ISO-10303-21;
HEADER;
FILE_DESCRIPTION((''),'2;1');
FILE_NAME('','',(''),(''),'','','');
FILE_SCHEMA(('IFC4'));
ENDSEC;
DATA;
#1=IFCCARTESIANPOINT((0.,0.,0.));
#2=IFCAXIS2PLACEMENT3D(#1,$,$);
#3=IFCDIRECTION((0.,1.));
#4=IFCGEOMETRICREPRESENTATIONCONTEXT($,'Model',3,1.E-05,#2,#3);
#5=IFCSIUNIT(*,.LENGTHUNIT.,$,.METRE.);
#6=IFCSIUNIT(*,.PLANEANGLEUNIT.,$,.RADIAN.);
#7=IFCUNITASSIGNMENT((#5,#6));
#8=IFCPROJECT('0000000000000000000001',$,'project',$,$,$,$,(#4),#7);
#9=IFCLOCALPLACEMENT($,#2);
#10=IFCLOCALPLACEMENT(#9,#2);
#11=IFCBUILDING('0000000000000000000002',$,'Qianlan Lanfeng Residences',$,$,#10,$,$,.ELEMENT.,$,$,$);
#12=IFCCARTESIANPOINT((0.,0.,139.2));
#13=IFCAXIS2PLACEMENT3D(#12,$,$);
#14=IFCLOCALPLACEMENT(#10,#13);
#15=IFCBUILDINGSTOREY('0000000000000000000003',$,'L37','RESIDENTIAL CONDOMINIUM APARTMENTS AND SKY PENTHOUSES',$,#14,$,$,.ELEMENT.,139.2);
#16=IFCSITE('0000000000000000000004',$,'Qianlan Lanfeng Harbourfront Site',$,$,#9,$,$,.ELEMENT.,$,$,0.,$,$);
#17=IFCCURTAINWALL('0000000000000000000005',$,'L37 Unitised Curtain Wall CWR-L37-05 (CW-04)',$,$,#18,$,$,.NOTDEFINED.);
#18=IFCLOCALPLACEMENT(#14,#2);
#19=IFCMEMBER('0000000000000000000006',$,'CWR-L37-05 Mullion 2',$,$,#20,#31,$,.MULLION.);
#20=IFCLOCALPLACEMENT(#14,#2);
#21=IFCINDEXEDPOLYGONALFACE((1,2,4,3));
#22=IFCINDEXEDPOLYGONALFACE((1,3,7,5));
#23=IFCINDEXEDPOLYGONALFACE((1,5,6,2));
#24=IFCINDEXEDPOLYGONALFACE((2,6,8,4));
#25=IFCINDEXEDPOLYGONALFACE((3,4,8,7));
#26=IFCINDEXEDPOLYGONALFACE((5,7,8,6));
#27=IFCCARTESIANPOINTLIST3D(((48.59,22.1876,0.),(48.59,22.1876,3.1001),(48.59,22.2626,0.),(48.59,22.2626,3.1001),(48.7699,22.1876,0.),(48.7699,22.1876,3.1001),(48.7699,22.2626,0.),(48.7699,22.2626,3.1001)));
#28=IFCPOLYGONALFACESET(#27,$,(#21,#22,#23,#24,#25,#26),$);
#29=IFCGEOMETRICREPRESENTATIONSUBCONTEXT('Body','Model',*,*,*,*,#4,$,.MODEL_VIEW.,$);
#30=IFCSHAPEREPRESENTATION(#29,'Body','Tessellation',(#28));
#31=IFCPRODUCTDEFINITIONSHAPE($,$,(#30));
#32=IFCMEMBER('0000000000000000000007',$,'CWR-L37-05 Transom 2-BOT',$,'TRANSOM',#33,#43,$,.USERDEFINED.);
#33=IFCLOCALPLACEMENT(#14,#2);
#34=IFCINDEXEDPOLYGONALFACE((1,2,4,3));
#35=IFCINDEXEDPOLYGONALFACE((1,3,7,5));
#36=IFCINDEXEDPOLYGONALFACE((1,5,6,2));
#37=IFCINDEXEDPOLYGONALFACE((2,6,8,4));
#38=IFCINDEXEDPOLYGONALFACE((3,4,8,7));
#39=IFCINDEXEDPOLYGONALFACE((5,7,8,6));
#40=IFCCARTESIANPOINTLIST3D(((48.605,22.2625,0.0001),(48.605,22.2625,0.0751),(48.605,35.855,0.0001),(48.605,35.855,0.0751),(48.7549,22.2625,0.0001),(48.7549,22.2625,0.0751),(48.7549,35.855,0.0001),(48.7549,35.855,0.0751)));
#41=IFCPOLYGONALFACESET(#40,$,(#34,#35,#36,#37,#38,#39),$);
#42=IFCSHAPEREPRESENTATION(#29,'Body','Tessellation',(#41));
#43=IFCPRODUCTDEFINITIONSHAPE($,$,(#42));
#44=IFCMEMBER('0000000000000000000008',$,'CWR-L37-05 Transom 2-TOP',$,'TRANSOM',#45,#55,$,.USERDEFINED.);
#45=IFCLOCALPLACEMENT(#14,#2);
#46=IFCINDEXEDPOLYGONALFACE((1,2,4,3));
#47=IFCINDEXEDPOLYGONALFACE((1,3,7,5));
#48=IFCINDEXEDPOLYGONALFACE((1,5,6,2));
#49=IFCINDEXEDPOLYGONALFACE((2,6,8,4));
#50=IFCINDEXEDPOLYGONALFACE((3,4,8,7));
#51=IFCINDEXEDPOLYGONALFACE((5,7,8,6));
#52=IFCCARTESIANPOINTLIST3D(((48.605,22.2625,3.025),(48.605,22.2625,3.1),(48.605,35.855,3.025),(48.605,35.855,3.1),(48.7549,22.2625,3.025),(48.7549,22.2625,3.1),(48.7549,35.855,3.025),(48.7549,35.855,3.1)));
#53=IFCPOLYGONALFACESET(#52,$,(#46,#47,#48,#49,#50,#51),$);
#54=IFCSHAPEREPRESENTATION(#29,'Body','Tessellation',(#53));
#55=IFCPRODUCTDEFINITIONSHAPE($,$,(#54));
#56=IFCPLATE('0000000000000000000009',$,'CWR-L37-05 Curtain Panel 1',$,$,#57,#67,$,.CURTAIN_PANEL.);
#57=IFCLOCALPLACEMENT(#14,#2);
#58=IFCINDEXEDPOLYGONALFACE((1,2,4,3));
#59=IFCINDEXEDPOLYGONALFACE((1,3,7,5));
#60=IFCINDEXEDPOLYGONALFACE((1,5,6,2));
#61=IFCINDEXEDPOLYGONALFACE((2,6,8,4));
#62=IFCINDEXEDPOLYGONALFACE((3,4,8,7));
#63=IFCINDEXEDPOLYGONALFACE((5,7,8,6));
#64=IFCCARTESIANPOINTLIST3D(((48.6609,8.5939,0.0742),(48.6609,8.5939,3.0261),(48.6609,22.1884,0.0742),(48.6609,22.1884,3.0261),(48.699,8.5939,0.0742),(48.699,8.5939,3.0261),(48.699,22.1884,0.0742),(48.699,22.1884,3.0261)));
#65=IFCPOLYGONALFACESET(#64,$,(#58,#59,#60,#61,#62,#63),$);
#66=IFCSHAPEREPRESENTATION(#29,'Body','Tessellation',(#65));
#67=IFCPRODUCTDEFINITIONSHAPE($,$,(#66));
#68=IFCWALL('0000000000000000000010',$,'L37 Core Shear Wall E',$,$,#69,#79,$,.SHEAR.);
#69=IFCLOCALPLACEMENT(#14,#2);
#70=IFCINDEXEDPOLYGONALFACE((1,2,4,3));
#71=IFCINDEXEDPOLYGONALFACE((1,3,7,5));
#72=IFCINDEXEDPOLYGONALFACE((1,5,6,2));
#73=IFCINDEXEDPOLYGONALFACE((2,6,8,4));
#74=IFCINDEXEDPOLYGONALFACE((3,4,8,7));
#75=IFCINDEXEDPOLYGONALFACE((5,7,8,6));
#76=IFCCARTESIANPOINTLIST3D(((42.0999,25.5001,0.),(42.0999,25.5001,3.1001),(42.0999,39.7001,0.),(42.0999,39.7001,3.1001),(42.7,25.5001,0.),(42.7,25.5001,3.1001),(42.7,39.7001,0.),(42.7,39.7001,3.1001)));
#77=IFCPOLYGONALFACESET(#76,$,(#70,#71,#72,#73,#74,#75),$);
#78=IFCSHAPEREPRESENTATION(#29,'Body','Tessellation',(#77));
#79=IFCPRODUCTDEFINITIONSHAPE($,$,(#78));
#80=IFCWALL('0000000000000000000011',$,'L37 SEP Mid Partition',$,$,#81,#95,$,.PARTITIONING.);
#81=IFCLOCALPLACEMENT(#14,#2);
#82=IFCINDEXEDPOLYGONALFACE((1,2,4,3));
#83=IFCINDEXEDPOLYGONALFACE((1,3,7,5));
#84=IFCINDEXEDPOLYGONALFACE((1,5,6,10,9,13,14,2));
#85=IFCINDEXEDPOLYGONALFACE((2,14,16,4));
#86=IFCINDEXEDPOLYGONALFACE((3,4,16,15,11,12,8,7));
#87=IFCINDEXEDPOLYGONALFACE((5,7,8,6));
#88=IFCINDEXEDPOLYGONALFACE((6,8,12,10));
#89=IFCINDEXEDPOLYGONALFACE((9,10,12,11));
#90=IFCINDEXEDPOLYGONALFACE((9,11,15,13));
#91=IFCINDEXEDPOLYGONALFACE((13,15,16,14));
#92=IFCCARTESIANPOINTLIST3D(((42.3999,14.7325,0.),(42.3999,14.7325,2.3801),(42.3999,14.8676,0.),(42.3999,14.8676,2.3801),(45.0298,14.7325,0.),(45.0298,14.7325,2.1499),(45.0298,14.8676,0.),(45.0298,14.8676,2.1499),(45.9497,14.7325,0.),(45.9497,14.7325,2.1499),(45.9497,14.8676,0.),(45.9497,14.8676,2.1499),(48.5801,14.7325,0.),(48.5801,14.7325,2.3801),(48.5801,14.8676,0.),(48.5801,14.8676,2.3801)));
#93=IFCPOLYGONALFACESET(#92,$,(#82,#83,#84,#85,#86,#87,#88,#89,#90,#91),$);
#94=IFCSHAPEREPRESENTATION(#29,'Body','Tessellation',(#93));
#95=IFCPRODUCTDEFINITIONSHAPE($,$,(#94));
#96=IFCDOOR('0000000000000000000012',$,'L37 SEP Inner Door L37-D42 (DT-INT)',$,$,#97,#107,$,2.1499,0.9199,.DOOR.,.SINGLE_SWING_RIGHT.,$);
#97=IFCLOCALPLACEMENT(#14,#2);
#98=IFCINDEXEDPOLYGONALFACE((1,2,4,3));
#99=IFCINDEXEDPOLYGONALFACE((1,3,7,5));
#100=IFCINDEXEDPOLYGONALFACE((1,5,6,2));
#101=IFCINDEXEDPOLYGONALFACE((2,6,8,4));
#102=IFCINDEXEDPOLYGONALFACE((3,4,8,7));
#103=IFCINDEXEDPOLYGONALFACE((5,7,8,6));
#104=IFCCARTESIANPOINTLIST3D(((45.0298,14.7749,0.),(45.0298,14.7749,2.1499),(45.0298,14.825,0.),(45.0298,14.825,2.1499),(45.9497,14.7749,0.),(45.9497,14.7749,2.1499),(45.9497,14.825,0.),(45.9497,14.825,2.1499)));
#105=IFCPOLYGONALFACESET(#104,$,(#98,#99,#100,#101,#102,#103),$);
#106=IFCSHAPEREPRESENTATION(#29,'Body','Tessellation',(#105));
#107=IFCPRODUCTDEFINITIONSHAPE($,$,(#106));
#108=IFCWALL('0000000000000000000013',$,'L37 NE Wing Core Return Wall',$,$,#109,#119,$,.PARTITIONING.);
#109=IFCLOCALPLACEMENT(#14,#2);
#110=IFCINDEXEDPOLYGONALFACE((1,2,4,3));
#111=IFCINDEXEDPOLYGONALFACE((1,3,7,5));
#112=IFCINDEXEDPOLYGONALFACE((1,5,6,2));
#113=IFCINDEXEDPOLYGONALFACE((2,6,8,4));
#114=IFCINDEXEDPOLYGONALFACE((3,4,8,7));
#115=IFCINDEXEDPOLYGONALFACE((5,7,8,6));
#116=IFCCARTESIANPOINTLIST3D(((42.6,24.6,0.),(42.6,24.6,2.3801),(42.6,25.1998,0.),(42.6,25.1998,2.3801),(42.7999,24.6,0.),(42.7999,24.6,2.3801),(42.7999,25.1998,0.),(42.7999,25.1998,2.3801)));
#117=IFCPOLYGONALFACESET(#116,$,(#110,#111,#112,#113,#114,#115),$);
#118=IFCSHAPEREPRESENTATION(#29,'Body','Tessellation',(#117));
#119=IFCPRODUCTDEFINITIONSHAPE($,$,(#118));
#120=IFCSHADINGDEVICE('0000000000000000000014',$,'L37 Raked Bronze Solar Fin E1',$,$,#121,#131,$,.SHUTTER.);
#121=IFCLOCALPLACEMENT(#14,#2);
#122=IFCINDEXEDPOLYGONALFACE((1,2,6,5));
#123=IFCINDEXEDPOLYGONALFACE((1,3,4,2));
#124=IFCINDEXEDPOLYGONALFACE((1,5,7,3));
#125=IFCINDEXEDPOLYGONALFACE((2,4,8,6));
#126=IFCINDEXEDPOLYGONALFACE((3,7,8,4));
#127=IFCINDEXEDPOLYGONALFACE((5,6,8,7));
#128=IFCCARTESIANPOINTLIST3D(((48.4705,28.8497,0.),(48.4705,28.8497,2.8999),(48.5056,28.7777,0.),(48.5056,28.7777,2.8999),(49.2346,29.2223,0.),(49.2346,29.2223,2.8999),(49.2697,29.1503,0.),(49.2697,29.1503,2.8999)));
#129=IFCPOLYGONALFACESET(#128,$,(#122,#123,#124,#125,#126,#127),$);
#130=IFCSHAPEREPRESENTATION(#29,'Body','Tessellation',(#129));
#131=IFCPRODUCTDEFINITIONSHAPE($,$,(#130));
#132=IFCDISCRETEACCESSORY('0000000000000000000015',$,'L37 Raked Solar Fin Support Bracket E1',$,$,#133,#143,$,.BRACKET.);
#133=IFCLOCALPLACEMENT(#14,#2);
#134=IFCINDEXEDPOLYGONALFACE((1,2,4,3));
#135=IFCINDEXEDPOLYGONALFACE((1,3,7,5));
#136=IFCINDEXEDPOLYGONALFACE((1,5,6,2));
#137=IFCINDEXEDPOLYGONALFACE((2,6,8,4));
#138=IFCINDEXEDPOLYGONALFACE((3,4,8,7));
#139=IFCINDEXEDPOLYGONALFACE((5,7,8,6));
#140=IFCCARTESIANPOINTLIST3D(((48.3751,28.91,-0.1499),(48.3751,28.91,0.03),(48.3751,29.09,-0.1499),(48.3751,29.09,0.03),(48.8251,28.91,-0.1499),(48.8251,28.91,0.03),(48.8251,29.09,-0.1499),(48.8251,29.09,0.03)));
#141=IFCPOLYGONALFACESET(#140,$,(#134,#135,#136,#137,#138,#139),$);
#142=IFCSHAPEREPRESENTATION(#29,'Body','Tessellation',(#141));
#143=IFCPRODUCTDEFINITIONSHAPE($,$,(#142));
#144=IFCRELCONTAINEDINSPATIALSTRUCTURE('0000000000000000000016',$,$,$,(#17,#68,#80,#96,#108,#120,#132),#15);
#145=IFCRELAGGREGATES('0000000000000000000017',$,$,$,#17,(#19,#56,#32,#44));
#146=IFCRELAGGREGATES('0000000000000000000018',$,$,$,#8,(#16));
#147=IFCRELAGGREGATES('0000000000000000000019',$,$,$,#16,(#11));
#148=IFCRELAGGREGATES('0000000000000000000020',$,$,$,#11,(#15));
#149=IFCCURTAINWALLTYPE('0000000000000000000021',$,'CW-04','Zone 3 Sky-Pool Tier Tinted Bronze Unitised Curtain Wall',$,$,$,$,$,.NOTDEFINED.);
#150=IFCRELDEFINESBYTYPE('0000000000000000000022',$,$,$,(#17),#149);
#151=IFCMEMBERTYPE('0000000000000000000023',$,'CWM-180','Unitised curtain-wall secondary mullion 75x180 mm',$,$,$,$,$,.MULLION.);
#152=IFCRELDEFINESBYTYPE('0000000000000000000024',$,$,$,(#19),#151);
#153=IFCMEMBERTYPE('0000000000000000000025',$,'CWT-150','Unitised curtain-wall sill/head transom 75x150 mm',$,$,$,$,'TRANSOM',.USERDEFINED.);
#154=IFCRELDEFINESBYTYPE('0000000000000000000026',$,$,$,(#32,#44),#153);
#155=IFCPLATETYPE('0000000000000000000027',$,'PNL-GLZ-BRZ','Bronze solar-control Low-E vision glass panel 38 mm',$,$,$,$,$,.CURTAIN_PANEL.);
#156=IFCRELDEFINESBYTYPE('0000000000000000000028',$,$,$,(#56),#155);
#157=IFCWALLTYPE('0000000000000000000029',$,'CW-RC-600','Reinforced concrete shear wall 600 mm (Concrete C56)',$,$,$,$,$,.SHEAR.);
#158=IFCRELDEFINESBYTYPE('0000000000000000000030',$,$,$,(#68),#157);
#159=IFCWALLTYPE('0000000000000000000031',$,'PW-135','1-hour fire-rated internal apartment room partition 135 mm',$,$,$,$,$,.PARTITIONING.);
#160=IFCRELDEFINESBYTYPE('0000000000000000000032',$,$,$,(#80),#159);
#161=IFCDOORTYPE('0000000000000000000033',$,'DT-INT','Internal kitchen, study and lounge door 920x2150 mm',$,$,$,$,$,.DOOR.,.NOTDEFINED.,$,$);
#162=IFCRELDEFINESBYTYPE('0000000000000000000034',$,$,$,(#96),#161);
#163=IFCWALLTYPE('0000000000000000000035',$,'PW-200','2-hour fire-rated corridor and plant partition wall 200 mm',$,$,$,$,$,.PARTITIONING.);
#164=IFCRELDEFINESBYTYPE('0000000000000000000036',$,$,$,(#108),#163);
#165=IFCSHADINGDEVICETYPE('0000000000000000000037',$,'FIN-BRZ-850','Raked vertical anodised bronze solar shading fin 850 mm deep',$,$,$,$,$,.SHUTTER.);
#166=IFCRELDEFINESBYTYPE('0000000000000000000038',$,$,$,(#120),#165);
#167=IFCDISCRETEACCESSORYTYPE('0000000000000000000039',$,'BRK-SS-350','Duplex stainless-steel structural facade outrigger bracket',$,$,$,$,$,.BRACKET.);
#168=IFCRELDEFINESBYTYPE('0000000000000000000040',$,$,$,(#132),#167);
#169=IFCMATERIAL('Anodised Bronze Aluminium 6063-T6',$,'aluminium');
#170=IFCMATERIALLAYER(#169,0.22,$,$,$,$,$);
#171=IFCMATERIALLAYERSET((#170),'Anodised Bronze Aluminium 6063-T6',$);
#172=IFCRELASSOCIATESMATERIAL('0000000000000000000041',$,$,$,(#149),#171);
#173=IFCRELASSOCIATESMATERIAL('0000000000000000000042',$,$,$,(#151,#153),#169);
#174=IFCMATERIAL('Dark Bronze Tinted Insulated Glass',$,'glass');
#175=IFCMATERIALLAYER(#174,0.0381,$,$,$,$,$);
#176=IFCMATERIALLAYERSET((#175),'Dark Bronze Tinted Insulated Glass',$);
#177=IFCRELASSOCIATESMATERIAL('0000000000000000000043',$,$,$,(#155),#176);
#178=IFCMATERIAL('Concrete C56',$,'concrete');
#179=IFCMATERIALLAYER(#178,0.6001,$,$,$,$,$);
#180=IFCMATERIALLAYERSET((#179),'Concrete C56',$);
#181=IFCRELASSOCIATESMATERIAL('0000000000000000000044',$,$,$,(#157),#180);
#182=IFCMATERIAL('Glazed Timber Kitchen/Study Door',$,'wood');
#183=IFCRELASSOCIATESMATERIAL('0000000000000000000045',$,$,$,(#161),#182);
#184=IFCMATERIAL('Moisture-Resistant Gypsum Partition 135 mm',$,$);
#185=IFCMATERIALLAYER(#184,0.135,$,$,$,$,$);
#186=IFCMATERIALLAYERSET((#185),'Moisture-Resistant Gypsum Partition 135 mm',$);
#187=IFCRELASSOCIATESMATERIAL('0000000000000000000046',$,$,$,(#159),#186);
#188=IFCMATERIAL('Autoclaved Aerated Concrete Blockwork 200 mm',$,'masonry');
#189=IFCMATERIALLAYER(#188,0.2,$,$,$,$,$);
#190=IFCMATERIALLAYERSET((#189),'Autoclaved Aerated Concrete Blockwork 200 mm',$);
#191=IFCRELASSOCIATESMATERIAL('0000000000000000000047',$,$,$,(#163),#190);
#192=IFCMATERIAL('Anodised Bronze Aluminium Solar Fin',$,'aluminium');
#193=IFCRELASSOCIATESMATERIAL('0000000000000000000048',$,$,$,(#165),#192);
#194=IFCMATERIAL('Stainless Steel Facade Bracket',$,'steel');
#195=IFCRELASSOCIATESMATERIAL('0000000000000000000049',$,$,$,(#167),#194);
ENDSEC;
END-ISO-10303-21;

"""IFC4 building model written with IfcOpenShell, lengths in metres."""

from ifc_helpers import new_model, si_unit, direction, frame, frame_2d, origin, origin_2d, place, context, subcontext, project, spatial, rectangle, extrude, source, transform, mapped, material, layer, layer_set, material_profile, profile_set, type_object, element, fill, aggregate, save


model = new_model("IFC4")

# Units and contexts
model_context = context("Model", 3, precision=1e-05, world=origin(), true_north=direction((0.0, 1.0)))
body_context = subcontext(model_context, "Body", "Model", "MODEL_VIEW")
ifc_project = project(units=[si_unit("LENGTHUNIT", "METRE"), si_unit("PLANEANGLEUNIT", "RADIAN")], contexts=[model_context])

# Site, building, storey
site_placement = place(None, origin())
site = spatial("IfcSite", under=ifc_project, at=site_placement, Name="Qianlan Lanfeng Harbourfront Site", CompositionType="ELEMENT", RefElevation=0.0)
building_placement = place(site_placement, origin())
building = spatial("IfcBuilding", under=site, at=building_placement, Name="Qianlan Lanfeng Residences", CompositionType="ELEMENT")
storey_placement = place(building_placement, frame((0.0, 0.0, 139.2)))
storey = spatial("IfcBuildingStorey", under=building, at=storey_placement, Name="L37", Description="RESIDENTIAL CONDOMINIUM APARTMENTS AND SKY PENTHOUSES", CompositionType="ELEMENT", Elevation=139.2)

# Curtain wall, members, plate
ifc_material_1 = material(Name="Anodised Bronze Aluminium 6063-T6", Category="aluminium")
ifc_layer_1 = layer(ifc_material_1, 0.22)
ifc_layer_set_1 = layer_set([ifc_layer_1], Name="Anodised Bronze Aluminium 6063-T6")
curtain_wall_type = type_object("IfcCurtainWallType", Name="CW-04", Description="Zone 3 Sky-Pool Tier Tinted Bronze Unitised Curtain Wall", PredefinedType="NOTDEFINED", material=ifc_layer_set_1)
curtain_wall_placement = place(storey_placement, origin())
curtain_wall = element("IfcCurtainWall", 1, at=curtain_wall_placement, inside=storey, type_object=curtain_wall_type, Name="L37 Unitised Curtain Wall CWR-L37-05 (CW-04)", PredefinedType="NOTDEFINED")
ifc_material_profile_1 = material_profile(ifc_material_1, rectangle(XDim=0.075, YDim=0.1799, at=origin_2d()), Name="ALU MULLION 75x180")
ifc_profile_set_1 = profile_set([ifc_material_profile_1], Name="Anodised Bronze Aluminium 6063-T6")
member_type_1 = type_object("IfcMemberType", Name="CWM-180", Description="Unitised curtain-wall secondary mullion 75x180 mm", PredefinedType="MULLION", material=ifc_profile_set_1)
shared_shape_1 = source(origin(), body_context, "Body", "SweptSolid", [
    extrude(rectangle(XDim=0.075, YDim=0.1799, at=origin_2d()), origin(), (0.0, 0.0, 1.0), 3.1001),
])
member_1_placement = place(storey_placement, frame((48.6799, 22.2251, 0.0), z_axis=(0.0, 0.0, 1.0), x_axis=(0.0, 1.0, 0.0)))
member_1 = element("IfcMember", 2, at=member_1_placement, type_object=member_type_1, Name="CWR-L37-05 Mullion 2", PredefinedType="MULLION", context=body_context, shape_type="MappedRepresentation", body=[
    mapped(shared_shape_1, transform((0.0, 0.0, 0.0), scale=1.0)),
])
ifc_material_profile_2 = material_profile(ifc_material_1, rectangle(XDim=0.075, YDim=0.1499, at=origin_2d()), Name="ALU TRANSOM 75x150")
ifc_profile_set_2 = profile_set([ifc_material_profile_2], Name="Anodised Bronze Aluminium 6063-T6")
member_type_2 = type_object("IfcMemberType", Name="CWT-150", Description="Unitised curtain-wall sill/head transom 75x150 mm", ElementType="TRANSOM", PredefinedType="USERDEFINED", material=ifc_profile_set_2)
shared_shape_2 = source(origin(), body_context, "Body", "SweptSolid", [
    extrude(rectangle(XDim=0.075, YDim=0.1499, at=origin_2d()), origin(), (0.0, 0.0, 1.0), 13.5925),
])
member_2_placement = place(storey_placement, frame((48.6799, 22.2625, 0.0376), z_axis=(0.0, 1.0, 0.0), x_axis=(0.0, 0.0, 1.0)))
member_2 = element("IfcMember", 3, at=member_2_placement, type_object=member_type_2, Name="CWR-L37-05 Transom 2-BOT", ObjectType="TRANSOM", PredefinedType="USERDEFINED", context=body_context, shape_type="MappedRepresentation", body=[
    mapped(shared_shape_2, transform((0.0, 0.0, 0.0), scale=1.0)),
])
member_3_placement = place(storey_placement, frame((48.6799, 22.2625, 3.0625), z_axis=(0.0, 1.0, 0.0), x_axis=(0.0, 0.0, 1.0)))
member_3 = element("IfcMember", 4, at=member_3_placement, type_object=member_type_2, Name="CWR-L37-05 Transom 2-TOP", ObjectType="TRANSOM", PredefinedType="USERDEFINED", context=body_context, shape_type="MappedRepresentation", body=[
    mapped(shared_shape_2, transform((0.0, 0.0, 0.0), scale=1.0)),
])
ifc_material_2 = material(Name="Dark Bronze Tinted Insulated Glass", Category="glass")
ifc_layer_2 = layer(ifc_material_2, 0.0381)
ifc_layer_set_2 = layer_set([ifc_layer_2], Name="Dark Bronze Tinted Insulated Glass")
plate_type = type_object("IfcPlateType", Name="PNL-GLZ-BRZ", Description="Bronze solar-control Low-E vision glass panel 38 mm", PredefinedType="CURTAIN_PANEL", material=ifc_layer_set_2)
shared_shape_3 = source(origin(), body_context, "Body", "SweptSolid", [
    extrude(rectangle(XDim=13.5945, YDim=0.0381, at=origin_2d()), origin(), (0.0, 0.0, 1.0), 2.9519),
])
plate_placement = place(storey_placement, frame((48.6799, 15.3911, 0.0742), z_axis=(0.0, 0.0, 1.0), x_axis=(0.0, 1.0, 0.0)))
plate = element("IfcPlate", 5, at=plate_placement, type_object=plate_type, Name="CWR-L37-05 Curtain Panel 1", PredefinedType="CURTAIN_PANEL", context=body_context, shape_type="MappedRepresentation", body=[
    mapped(shared_shape_3, transform((0.0, 0.0, 0.0), scale=1.0)),
])
aggregate(curtain_wall, [member_1, plate, member_2, member_3])

# Wall
ifc_material_3 = material(Name="Concrete C56", Category="concrete")
ifc_layer_3 = layer(ifc_material_3, 0.6001)
ifc_layer_set_3 = layer_set([ifc_layer_3], Name="Concrete C56")
wall_type_1 = type_object("IfcWallType", Name="CW-RC-600", Description="Reinforced concrete shear wall 600 mm (Concrete C56)", PredefinedType="SHEAR", material=ifc_layer_set_3)
wall_1_placement = place(storey_placement, frame((42.3999, 25.5, 0.0), z_axis=(0.0, 0.0, 1.0), x_axis=(0.0, 1.0, 0.0)))
element("IfcWall", 6, at=wall_1_placement, inside=storey, type_object=wall_type_1, Name="L37 Core Shear Wall E", PredefinedType="SHEAR", context=body_context, shape_type="SweptSolid", body=[
    extrude(rectangle(XDim=14.2, YDim=0.6001, at=frame_2d((7.1001, 0.0))), origin(), (0.0, 0.0, 1.0), 3.1001),
])

# Wall, opening, door
ifc_material_4 = material(Name="Glazed Timber Kitchen/Study Door", Category="wood")
door_type = type_object("IfcDoorType", Name="DT-INT", Description="Internal kitchen, study and lounge door 920x2150 mm", OperationType="NOTDEFINED", PredefinedType="DOOR", material=ifc_material_4)
ifc_material_5 = material(Name="Moisture-Resistant Gypsum Partition 135 mm")
ifc_layer_4 = layer(ifc_material_5, 0.135)
ifc_layer_set_4 = layer_set([ifc_layer_4], Name="Moisture-Resistant Gypsum Partition 135 mm")
wall_type_2 = type_object("IfcWallType", Name="PW-135", Description="1-hour fire-rated internal apartment room partition 135 mm", PredefinedType="PARTITIONING", material=ifc_layer_set_4)
wall_2_placement = place(storey_placement, frame((42.3999, 14.8, 0.0), z_axis=(0.0, 0.0, 1.0), x_axis=(1.0, 0.0, 0.0)))
wall_2 = element("IfcWall", 7, at=wall_2_placement, inside=storey, type_object=wall_type_2, Name="L37 SEP Mid Partition", PredefinedType="PARTITIONING", context=body_context, shape_type="SweptSolid", body=[
    extrude(rectangle(XDim=6.1802, YDim=0.135, at=frame_2d((3.0901, 0.0))), origin(), (0.0, 0.0, 1.0), 2.3801),
])
opening_1_placement = place(wall_2_placement, frame((2.6299, 0.0, 0.0)))
opening_1 = element("IfcOpeningElement", 8, at=opening_1_placement, cuts=wall_2, PredefinedType="OPENING", context=body_context, shape_type="SweptSolid", body=[
    extrude(rectangle(XDim=0.9199, YDim=2.1499, at=frame_2d((0.46, 1.075))), frame((0.0, 0.0776, 0.0), z_axis=(0.0, -1.0, 0.0), x_axis=(1.0, 0.0, 0.0)), (0.0, 0.0, 1.0), 0.155),
])
door_1_placement = place(opening_1_placement, origin())
door_1 = element("IfcDoor", 9, at=door_1_placement, inside=storey, type_object=door_type, Name="L37 SEP Inner Door L37-D42 (DT-INT)", OperationType="SINGLE_SWING_RIGHT", OverallHeight=2.1499, OverallWidth=0.9199, PredefinedType="DOOR", context=body_context, shape_type="SweptSolid", body=[
    extrude(rectangle(XDim=0.9199, YDim=2.1499, at=frame_2d((0.46, 1.075))), frame((0.0, 0.0249, 0.0), z_axis=(0.0, -1.0, 0.0), x_axis=(1.0, 0.0, 0.0)), (0.0, 0.0, 1.0), 0.05),
])
fill(opening_1, door_1)
ifc_material_6 = material(Name="Autoclaved Aerated Concrete Blockwork 200 mm", Category="masonry")
ifc_layer_5 = layer(ifc_material_6, 0.2)
ifc_layer_set_5 = layer_set([ifc_layer_5], Name="Autoclaved Aerated Concrete Blockwork 200 mm")
wall_type_3 = type_object("IfcWallType", Name="PW-200", Description="2-hour fire-rated corridor and plant partition wall 200 mm", PredefinedType="PARTITIONING", material=ifc_layer_set_5)

# Wall
wall_3_placement = place(storey_placement, frame((42.7, 24.6001, 0.0), z_axis=(0.0, 0.0, 1.0), x_axis=(0.0, 1.0, 0.0)))
element("IfcWall", 10, at=wall_3_placement, inside=storey, type_object=wall_type_3, Name="L37 NE Wing Core Return Wall", PredefinedType="PARTITIONING", context=body_context, shape_type="SweptSolid", body=[
    extrude(rectangle(XDim=0.5999, YDim=0.2, at=frame_2d((0.2998, 0.0))), origin(), (0.0, 0.0, 1.0), 2.3801),
])

# Shading device
ifc_material_7 = material(Name="Anodised Bronze Aluminium Solar Fin", Category="aluminium")
shading_device_type = type_object("IfcShadingDeviceType", Name="FIN-BRZ-850", Description="Raked vertical anodised bronze solar shading fin 850 mm deep", PredefinedType="SHUTTER", material=ifc_material_7)
shared_shape_4 = source(origin(), body_context, "Body", "SweptSolid", [
    extrude(rectangle(XDim=0.8501, YDim=0.0801, at=origin_2d()), origin(), (0.0, 0.0, 1.0), 2.8999),
])
shading_device_placement = place(storey_placement, frame((48.8701, 29.0, 0.0), z_axis=(0.0, 0.0, 1.0), x_axis=(0.898794, 0.438371, 0.0)))
element("IfcShadingDevice", 11, at=shading_device_placement, inside=storey, type_object=shading_device_type, Name="L37 Raked Bronze Solar Fin E1", PredefinedType="SHUTTER", context=body_context, shape_type="MappedRepresentation", body=[
    mapped(shared_shape_4, transform((0.0, 0.0, 0.0), scale=1.0)),
])

# Discrete accessory
ifc_material_8 = material(Name="Stainless Steel Facade Bracket", Category="steel")
discrete_accessory_type = type_object("IfcDiscreteAccessoryType", Name="BRK-SS-350", Description="Duplex stainless-steel structural facade outrigger bracket", PredefinedType="BRACKET", material=ifc_material_8)
shared_shape_5 = source(origin(), body_context, "Body", "SweptSolid", [
    extrude(rectangle(XDim=0.45, YDim=0.1799, at=origin_2d()), origin(), (0.0, 0.0, 1.0), 0.1799),
])
discrete_accessory_placement = place(storey_placement, frame((48.6001, 29.0, -0.1499), z_axis=(0.0, 0.0, 1.0), x_axis=(1.0, 0.0, 0.0)))
element("IfcDiscreteAccessory", 12, at=discrete_accessory_placement, inside=storey, type_object=discrete_accessory_type, Name="L37 Raked Solar Fin Support Bracket E1", PredefinedType="BRACKET", context=body_context, shape_type="MappedRepresentation", body=[
    mapped(shared_shape_5, transform((0.0, 0.0, 0.0), scale=1.0)),
])

save(model, "model.ifc")
